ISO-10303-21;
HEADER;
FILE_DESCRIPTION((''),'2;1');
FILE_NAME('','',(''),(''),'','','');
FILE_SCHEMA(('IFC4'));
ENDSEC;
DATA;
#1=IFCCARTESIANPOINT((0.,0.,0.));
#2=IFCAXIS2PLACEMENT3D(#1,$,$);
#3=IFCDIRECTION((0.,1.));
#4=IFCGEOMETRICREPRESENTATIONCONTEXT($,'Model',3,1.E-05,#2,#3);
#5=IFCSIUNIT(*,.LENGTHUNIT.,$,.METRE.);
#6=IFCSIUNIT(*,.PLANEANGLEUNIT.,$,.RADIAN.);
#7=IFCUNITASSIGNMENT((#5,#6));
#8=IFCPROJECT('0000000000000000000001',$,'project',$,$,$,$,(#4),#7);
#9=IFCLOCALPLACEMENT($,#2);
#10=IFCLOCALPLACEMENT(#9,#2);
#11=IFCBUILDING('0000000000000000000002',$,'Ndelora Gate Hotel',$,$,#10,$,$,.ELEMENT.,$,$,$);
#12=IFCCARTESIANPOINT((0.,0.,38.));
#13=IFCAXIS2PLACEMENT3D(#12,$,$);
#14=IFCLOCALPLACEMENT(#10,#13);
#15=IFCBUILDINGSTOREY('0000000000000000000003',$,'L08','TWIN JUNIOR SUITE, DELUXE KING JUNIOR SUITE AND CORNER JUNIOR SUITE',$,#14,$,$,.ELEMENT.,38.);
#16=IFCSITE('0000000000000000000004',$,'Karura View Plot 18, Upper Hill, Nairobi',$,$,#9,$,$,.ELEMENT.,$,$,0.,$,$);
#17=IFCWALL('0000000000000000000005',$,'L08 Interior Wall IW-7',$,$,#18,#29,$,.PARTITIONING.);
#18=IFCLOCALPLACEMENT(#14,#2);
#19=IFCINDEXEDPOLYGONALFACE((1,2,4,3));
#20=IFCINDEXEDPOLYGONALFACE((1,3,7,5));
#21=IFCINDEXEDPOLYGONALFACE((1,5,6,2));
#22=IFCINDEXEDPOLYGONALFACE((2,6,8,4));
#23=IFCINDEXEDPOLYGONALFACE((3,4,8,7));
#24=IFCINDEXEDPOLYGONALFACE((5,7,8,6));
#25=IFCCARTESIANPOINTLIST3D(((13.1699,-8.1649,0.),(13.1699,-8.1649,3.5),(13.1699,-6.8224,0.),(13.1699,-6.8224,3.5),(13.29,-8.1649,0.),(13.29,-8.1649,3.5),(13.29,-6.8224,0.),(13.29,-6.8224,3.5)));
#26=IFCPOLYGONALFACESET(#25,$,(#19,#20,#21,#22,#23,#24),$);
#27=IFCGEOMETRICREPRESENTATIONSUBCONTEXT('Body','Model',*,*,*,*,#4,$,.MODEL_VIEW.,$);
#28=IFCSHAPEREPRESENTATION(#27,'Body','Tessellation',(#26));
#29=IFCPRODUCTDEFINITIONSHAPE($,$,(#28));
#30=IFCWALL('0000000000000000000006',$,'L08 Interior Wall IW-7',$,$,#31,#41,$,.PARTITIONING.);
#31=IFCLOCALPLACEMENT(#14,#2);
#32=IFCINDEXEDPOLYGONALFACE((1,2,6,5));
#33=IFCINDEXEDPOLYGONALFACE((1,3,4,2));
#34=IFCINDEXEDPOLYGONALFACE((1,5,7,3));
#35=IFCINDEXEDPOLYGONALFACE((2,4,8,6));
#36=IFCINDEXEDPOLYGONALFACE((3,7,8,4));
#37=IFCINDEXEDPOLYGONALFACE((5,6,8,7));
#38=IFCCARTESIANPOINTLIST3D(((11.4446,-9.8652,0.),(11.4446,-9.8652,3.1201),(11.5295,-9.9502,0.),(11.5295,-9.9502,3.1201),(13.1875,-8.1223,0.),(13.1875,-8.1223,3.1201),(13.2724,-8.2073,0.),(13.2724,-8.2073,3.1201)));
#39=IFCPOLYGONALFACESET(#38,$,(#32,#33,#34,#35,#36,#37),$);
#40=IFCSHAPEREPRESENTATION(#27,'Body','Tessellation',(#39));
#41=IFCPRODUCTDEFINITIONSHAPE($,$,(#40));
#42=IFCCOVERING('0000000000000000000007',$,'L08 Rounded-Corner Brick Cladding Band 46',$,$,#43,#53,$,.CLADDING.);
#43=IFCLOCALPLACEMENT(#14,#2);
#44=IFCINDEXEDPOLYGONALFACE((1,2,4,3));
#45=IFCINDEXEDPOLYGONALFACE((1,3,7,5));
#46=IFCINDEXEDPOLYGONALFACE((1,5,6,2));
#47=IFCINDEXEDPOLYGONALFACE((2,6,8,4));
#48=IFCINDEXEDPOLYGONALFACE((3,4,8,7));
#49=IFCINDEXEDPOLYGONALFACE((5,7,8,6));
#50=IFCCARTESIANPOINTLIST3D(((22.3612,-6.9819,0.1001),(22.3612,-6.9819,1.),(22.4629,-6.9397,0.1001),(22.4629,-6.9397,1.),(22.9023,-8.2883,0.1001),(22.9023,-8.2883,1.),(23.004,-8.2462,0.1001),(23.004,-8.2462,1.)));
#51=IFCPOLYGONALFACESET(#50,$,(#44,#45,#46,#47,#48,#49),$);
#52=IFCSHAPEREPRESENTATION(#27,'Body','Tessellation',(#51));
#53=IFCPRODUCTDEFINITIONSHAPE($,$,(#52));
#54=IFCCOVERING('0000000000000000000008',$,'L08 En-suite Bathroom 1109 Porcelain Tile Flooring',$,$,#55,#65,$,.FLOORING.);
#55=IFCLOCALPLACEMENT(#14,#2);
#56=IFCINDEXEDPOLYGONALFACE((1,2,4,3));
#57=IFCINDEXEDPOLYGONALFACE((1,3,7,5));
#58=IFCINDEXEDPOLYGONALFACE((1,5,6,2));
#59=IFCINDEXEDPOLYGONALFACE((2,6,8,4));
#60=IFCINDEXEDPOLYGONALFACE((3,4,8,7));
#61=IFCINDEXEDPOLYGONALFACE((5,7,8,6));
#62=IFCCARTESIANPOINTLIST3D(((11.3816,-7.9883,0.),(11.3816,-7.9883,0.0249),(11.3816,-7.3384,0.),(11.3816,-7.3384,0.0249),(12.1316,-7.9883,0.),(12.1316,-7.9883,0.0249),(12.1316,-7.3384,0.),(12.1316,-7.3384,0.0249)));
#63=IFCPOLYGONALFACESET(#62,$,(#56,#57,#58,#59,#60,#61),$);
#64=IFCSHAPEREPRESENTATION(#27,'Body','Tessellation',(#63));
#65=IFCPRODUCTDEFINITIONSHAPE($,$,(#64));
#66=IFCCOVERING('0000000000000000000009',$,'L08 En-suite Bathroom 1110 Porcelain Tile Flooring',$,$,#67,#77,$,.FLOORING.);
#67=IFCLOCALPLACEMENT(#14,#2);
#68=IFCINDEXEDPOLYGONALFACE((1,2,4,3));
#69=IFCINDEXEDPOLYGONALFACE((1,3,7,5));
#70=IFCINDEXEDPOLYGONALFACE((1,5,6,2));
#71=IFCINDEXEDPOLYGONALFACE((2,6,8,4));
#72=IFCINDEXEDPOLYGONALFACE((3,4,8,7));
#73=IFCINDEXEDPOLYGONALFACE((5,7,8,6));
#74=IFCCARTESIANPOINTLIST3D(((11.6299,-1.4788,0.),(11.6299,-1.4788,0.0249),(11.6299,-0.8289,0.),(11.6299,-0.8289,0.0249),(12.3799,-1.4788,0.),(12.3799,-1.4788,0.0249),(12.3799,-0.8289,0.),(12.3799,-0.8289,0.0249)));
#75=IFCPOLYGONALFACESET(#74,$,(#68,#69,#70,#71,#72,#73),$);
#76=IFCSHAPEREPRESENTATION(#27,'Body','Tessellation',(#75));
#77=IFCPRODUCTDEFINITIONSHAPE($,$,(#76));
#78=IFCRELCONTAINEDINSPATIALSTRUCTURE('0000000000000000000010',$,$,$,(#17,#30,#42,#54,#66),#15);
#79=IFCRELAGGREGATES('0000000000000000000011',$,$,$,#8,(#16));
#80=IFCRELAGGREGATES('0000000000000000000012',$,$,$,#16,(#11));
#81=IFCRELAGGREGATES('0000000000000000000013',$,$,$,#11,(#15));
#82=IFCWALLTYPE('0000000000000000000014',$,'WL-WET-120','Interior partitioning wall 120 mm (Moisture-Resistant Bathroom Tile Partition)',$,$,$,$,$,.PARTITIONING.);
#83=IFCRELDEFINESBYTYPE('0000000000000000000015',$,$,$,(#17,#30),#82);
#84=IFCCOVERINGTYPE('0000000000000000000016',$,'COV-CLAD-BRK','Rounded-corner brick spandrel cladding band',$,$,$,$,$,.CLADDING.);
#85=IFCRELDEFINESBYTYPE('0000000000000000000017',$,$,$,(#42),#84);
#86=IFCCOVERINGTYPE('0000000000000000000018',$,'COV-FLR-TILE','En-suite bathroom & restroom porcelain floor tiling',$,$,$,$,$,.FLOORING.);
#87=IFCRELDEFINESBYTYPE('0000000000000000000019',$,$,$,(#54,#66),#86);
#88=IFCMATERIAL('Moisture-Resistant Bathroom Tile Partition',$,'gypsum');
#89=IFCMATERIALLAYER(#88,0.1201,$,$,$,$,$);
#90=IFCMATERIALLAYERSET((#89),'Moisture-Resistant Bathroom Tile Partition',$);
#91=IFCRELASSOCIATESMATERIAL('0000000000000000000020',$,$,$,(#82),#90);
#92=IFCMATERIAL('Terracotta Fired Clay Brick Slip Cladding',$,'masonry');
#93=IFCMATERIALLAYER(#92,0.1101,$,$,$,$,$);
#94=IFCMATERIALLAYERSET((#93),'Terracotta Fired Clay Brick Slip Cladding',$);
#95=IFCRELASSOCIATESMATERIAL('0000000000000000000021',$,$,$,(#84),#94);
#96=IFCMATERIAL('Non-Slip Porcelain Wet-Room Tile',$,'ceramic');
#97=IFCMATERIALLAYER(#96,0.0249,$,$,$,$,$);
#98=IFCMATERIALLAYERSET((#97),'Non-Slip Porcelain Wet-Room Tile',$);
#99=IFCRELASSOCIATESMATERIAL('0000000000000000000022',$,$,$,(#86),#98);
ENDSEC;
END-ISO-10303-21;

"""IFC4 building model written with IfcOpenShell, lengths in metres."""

from ifc_helpers import new_model, si_unit, direction, frame, frame_2d, origin, origin_2d, place, context, subcontext, project, spatial, rectangle, extrude, material, layer, layer_set, type_object, element, save


model = new_model("IFC4")

# Units and contexts
model_context = context("Model", 3, precision=1e-05, world=origin(), true_north=direction((0.0, 1.0)))
body_context = subcontext(model_context, "Body", "Model", "MODEL_VIEW")
ifc_project = project(units=[si_unit("LENGTHUNIT", "METRE"), si_unit("PLANEANGLEUNIT", "RADIAN")], contexts=[model_context])

# Site, building, storey
site_placement = place(None, origin())
site = spatial("IfcSite", under=ifc_project, at=site_placement, Name="Karura View Plot 18, Upper Hill, Nairobi", CompositionType="ELEMENT", RefElevation=0.0)
building_placement = place(site_placement, origin())
building = spatial("IfcBuilding", under=site, at=building_placement, Name="Ndelora Gate Hotel", CompositionType="ELEMENT")
storey_placement = place(building_placement, frame((0.0, 0.0, 38.0)))
storey = spatial("IfcBuildingStorey", under=building, at=storey_placement, Name="L08", Description="TWIN JUNIOR SUITE, DELUXE KING JUNIOR SUITE AND CORNER JUNIOR SUITE", CompositionType="ELEMENT", Elevation=38.0)

# Shared definitions
ifc_material_1 = material(Name="Moisture-Resistant Bathroom Tile Partition", Category="gypsum")
ifc_layer_1 = layer(ifc_material_1, 0.1201)
ifc_layer_set_1 = layer_set([ifc_layer_1], Name="Moisture-Resistant Bathroom Tile Partition")
wall_type_1 = type_object("IfcWallType", Name="WL-WET-120", Description="Interior partitioning wall 120 mm (Moisture-Resistant Bathroom Tile Partition)", PredefinedType="PARTITIONING", material=ifc_layer_set_1)

# Walls
wall_1_placement = place(storey_placement, frame((13.23, -6.8223, 0.0), z_axis=(0.0, 0.0, 1.0), x_axis=(0.0, -1.0, 0.0)))
element("IfcWall", 1, at=wall_1_placement, inside=storey, type_object=wall_type_1, Name="L08 Interior Wall IW-7", PredefinedType="PARTITIONING", context=body_context, shape_type="SweptSolid", body=[
    extrude(rectangle(XDim=1.3425, YDim=0.1201, at=frame_2d((0.6714, 0.0))), origin(), (0.0, 0.0, 1.0), 3.5),
])
wall_2_placement = place(storey_placement, frame((13.23, -8.1648, 0.0), z_axis=(0.0, 0.0, 1.0), x_axis=(-0.707107, -0.707107, 0.0)))
element("IfcWall", 2, at=wall_2_placement, inside=storey, type_object=wall_type_1, Name="L08 Interior Wall IW-7", PredefinedType="PARTITIONING", context=body_context, shape_type="SweptSolid", body=[
    extrude(rectangle(XDim=2.4648, YDim=0.1201, at=frame_2d((1.2324, 0.0))), origin(), (0.0, 0.0, 1.0), 3.1201),
])

# Coverings
ifc_material_2 = material(Name="Terracotta Fired Clay Brick Slip Cladding", Category="masonry")
ifc_layer_2 = layer(ifc_material_2, 0.1101)
ifc_layer_set_2 = layer_set([ifc_layer_2], Name="Terracotta Fired Clay Brick Slip Cladding")
covering_type_1 = type_object("IfcCoveringType", Name="COV-CLAD-BRK", Description="Rounded-corner brick spandrel cladding band", PredefinedType="CLADDING", material=ifc_layer_set_2)
covering_placement = place(storey_placement, frame((22.6826, -7.614, 0.1001), z_axis=(0.0, 0.0, 1.0), x_axis=(-0.382683, 0.92388, 0.0)))
element("IfcCovering", 3, at=covering_placement, inside=storey, type_object=covering_type_1, Name="L08 Rounded-Corner Brick Cladding Band 46", PredefinedType="CLADDING", context=body_context, shape_type="SweptSolid", body=[
    extrude(rectangle(XDim=1.4141, YDim=0.1101, at=origin_2d()), origin(), (0.0, 0.0, 1.0), 0.8999),
])
ifc_material_3 = material(Name="Non-Slip Porcelain Wet-Room Tile", Category="ceramic")
ifc_layer_3 = layer(ifc_material_3, 0.0249)
ifc_layer_set_3 = layer_set([ifc_layer_3], Name="Non-Slip Porcelain Wet-Room Tile")
covering_type_2 = type_object("IfcCoveringType", Name="COV-FLR-TILE", Description="En-suite bathroom & restroom porcelain floor tiling", PredefinedType="FLOORING", material=ifc_layer_set_3)
for number, where, z_axis, x_axis, name in (
    (4, (11.7566, -7.6633, 0.0), (0.0, 0.0, 1.0), (1.0, 0.0, 0.0), "L08 En-suite Bathroom 1109 Porcelain Tile Flooring"),
    (5, (12.0049, -1.1538, 0.0), (0.0, 0.0, 1.0), (1.0, 0.0, 0.0), "L08 En-suite Bathroom 1110 Porcelain Tile Flooring"),
):
    element("IfcCovering", number, at=place(storey_placement, frame(where, z_axis=z_axis, x_axis=x_axis)), inside=storey, type_object=covering_type_2, Name=name, PredefinedType="FLOORING", context=body_context, shape_type="SweptSolid", body=[
        extrude(rectangle(XDim=0.75, YDim=0.6499, at=origin_2d()), origin(), (0.0, 0.0, 1.0), 0.0249),
    ])

save(model, "model.ifc")
